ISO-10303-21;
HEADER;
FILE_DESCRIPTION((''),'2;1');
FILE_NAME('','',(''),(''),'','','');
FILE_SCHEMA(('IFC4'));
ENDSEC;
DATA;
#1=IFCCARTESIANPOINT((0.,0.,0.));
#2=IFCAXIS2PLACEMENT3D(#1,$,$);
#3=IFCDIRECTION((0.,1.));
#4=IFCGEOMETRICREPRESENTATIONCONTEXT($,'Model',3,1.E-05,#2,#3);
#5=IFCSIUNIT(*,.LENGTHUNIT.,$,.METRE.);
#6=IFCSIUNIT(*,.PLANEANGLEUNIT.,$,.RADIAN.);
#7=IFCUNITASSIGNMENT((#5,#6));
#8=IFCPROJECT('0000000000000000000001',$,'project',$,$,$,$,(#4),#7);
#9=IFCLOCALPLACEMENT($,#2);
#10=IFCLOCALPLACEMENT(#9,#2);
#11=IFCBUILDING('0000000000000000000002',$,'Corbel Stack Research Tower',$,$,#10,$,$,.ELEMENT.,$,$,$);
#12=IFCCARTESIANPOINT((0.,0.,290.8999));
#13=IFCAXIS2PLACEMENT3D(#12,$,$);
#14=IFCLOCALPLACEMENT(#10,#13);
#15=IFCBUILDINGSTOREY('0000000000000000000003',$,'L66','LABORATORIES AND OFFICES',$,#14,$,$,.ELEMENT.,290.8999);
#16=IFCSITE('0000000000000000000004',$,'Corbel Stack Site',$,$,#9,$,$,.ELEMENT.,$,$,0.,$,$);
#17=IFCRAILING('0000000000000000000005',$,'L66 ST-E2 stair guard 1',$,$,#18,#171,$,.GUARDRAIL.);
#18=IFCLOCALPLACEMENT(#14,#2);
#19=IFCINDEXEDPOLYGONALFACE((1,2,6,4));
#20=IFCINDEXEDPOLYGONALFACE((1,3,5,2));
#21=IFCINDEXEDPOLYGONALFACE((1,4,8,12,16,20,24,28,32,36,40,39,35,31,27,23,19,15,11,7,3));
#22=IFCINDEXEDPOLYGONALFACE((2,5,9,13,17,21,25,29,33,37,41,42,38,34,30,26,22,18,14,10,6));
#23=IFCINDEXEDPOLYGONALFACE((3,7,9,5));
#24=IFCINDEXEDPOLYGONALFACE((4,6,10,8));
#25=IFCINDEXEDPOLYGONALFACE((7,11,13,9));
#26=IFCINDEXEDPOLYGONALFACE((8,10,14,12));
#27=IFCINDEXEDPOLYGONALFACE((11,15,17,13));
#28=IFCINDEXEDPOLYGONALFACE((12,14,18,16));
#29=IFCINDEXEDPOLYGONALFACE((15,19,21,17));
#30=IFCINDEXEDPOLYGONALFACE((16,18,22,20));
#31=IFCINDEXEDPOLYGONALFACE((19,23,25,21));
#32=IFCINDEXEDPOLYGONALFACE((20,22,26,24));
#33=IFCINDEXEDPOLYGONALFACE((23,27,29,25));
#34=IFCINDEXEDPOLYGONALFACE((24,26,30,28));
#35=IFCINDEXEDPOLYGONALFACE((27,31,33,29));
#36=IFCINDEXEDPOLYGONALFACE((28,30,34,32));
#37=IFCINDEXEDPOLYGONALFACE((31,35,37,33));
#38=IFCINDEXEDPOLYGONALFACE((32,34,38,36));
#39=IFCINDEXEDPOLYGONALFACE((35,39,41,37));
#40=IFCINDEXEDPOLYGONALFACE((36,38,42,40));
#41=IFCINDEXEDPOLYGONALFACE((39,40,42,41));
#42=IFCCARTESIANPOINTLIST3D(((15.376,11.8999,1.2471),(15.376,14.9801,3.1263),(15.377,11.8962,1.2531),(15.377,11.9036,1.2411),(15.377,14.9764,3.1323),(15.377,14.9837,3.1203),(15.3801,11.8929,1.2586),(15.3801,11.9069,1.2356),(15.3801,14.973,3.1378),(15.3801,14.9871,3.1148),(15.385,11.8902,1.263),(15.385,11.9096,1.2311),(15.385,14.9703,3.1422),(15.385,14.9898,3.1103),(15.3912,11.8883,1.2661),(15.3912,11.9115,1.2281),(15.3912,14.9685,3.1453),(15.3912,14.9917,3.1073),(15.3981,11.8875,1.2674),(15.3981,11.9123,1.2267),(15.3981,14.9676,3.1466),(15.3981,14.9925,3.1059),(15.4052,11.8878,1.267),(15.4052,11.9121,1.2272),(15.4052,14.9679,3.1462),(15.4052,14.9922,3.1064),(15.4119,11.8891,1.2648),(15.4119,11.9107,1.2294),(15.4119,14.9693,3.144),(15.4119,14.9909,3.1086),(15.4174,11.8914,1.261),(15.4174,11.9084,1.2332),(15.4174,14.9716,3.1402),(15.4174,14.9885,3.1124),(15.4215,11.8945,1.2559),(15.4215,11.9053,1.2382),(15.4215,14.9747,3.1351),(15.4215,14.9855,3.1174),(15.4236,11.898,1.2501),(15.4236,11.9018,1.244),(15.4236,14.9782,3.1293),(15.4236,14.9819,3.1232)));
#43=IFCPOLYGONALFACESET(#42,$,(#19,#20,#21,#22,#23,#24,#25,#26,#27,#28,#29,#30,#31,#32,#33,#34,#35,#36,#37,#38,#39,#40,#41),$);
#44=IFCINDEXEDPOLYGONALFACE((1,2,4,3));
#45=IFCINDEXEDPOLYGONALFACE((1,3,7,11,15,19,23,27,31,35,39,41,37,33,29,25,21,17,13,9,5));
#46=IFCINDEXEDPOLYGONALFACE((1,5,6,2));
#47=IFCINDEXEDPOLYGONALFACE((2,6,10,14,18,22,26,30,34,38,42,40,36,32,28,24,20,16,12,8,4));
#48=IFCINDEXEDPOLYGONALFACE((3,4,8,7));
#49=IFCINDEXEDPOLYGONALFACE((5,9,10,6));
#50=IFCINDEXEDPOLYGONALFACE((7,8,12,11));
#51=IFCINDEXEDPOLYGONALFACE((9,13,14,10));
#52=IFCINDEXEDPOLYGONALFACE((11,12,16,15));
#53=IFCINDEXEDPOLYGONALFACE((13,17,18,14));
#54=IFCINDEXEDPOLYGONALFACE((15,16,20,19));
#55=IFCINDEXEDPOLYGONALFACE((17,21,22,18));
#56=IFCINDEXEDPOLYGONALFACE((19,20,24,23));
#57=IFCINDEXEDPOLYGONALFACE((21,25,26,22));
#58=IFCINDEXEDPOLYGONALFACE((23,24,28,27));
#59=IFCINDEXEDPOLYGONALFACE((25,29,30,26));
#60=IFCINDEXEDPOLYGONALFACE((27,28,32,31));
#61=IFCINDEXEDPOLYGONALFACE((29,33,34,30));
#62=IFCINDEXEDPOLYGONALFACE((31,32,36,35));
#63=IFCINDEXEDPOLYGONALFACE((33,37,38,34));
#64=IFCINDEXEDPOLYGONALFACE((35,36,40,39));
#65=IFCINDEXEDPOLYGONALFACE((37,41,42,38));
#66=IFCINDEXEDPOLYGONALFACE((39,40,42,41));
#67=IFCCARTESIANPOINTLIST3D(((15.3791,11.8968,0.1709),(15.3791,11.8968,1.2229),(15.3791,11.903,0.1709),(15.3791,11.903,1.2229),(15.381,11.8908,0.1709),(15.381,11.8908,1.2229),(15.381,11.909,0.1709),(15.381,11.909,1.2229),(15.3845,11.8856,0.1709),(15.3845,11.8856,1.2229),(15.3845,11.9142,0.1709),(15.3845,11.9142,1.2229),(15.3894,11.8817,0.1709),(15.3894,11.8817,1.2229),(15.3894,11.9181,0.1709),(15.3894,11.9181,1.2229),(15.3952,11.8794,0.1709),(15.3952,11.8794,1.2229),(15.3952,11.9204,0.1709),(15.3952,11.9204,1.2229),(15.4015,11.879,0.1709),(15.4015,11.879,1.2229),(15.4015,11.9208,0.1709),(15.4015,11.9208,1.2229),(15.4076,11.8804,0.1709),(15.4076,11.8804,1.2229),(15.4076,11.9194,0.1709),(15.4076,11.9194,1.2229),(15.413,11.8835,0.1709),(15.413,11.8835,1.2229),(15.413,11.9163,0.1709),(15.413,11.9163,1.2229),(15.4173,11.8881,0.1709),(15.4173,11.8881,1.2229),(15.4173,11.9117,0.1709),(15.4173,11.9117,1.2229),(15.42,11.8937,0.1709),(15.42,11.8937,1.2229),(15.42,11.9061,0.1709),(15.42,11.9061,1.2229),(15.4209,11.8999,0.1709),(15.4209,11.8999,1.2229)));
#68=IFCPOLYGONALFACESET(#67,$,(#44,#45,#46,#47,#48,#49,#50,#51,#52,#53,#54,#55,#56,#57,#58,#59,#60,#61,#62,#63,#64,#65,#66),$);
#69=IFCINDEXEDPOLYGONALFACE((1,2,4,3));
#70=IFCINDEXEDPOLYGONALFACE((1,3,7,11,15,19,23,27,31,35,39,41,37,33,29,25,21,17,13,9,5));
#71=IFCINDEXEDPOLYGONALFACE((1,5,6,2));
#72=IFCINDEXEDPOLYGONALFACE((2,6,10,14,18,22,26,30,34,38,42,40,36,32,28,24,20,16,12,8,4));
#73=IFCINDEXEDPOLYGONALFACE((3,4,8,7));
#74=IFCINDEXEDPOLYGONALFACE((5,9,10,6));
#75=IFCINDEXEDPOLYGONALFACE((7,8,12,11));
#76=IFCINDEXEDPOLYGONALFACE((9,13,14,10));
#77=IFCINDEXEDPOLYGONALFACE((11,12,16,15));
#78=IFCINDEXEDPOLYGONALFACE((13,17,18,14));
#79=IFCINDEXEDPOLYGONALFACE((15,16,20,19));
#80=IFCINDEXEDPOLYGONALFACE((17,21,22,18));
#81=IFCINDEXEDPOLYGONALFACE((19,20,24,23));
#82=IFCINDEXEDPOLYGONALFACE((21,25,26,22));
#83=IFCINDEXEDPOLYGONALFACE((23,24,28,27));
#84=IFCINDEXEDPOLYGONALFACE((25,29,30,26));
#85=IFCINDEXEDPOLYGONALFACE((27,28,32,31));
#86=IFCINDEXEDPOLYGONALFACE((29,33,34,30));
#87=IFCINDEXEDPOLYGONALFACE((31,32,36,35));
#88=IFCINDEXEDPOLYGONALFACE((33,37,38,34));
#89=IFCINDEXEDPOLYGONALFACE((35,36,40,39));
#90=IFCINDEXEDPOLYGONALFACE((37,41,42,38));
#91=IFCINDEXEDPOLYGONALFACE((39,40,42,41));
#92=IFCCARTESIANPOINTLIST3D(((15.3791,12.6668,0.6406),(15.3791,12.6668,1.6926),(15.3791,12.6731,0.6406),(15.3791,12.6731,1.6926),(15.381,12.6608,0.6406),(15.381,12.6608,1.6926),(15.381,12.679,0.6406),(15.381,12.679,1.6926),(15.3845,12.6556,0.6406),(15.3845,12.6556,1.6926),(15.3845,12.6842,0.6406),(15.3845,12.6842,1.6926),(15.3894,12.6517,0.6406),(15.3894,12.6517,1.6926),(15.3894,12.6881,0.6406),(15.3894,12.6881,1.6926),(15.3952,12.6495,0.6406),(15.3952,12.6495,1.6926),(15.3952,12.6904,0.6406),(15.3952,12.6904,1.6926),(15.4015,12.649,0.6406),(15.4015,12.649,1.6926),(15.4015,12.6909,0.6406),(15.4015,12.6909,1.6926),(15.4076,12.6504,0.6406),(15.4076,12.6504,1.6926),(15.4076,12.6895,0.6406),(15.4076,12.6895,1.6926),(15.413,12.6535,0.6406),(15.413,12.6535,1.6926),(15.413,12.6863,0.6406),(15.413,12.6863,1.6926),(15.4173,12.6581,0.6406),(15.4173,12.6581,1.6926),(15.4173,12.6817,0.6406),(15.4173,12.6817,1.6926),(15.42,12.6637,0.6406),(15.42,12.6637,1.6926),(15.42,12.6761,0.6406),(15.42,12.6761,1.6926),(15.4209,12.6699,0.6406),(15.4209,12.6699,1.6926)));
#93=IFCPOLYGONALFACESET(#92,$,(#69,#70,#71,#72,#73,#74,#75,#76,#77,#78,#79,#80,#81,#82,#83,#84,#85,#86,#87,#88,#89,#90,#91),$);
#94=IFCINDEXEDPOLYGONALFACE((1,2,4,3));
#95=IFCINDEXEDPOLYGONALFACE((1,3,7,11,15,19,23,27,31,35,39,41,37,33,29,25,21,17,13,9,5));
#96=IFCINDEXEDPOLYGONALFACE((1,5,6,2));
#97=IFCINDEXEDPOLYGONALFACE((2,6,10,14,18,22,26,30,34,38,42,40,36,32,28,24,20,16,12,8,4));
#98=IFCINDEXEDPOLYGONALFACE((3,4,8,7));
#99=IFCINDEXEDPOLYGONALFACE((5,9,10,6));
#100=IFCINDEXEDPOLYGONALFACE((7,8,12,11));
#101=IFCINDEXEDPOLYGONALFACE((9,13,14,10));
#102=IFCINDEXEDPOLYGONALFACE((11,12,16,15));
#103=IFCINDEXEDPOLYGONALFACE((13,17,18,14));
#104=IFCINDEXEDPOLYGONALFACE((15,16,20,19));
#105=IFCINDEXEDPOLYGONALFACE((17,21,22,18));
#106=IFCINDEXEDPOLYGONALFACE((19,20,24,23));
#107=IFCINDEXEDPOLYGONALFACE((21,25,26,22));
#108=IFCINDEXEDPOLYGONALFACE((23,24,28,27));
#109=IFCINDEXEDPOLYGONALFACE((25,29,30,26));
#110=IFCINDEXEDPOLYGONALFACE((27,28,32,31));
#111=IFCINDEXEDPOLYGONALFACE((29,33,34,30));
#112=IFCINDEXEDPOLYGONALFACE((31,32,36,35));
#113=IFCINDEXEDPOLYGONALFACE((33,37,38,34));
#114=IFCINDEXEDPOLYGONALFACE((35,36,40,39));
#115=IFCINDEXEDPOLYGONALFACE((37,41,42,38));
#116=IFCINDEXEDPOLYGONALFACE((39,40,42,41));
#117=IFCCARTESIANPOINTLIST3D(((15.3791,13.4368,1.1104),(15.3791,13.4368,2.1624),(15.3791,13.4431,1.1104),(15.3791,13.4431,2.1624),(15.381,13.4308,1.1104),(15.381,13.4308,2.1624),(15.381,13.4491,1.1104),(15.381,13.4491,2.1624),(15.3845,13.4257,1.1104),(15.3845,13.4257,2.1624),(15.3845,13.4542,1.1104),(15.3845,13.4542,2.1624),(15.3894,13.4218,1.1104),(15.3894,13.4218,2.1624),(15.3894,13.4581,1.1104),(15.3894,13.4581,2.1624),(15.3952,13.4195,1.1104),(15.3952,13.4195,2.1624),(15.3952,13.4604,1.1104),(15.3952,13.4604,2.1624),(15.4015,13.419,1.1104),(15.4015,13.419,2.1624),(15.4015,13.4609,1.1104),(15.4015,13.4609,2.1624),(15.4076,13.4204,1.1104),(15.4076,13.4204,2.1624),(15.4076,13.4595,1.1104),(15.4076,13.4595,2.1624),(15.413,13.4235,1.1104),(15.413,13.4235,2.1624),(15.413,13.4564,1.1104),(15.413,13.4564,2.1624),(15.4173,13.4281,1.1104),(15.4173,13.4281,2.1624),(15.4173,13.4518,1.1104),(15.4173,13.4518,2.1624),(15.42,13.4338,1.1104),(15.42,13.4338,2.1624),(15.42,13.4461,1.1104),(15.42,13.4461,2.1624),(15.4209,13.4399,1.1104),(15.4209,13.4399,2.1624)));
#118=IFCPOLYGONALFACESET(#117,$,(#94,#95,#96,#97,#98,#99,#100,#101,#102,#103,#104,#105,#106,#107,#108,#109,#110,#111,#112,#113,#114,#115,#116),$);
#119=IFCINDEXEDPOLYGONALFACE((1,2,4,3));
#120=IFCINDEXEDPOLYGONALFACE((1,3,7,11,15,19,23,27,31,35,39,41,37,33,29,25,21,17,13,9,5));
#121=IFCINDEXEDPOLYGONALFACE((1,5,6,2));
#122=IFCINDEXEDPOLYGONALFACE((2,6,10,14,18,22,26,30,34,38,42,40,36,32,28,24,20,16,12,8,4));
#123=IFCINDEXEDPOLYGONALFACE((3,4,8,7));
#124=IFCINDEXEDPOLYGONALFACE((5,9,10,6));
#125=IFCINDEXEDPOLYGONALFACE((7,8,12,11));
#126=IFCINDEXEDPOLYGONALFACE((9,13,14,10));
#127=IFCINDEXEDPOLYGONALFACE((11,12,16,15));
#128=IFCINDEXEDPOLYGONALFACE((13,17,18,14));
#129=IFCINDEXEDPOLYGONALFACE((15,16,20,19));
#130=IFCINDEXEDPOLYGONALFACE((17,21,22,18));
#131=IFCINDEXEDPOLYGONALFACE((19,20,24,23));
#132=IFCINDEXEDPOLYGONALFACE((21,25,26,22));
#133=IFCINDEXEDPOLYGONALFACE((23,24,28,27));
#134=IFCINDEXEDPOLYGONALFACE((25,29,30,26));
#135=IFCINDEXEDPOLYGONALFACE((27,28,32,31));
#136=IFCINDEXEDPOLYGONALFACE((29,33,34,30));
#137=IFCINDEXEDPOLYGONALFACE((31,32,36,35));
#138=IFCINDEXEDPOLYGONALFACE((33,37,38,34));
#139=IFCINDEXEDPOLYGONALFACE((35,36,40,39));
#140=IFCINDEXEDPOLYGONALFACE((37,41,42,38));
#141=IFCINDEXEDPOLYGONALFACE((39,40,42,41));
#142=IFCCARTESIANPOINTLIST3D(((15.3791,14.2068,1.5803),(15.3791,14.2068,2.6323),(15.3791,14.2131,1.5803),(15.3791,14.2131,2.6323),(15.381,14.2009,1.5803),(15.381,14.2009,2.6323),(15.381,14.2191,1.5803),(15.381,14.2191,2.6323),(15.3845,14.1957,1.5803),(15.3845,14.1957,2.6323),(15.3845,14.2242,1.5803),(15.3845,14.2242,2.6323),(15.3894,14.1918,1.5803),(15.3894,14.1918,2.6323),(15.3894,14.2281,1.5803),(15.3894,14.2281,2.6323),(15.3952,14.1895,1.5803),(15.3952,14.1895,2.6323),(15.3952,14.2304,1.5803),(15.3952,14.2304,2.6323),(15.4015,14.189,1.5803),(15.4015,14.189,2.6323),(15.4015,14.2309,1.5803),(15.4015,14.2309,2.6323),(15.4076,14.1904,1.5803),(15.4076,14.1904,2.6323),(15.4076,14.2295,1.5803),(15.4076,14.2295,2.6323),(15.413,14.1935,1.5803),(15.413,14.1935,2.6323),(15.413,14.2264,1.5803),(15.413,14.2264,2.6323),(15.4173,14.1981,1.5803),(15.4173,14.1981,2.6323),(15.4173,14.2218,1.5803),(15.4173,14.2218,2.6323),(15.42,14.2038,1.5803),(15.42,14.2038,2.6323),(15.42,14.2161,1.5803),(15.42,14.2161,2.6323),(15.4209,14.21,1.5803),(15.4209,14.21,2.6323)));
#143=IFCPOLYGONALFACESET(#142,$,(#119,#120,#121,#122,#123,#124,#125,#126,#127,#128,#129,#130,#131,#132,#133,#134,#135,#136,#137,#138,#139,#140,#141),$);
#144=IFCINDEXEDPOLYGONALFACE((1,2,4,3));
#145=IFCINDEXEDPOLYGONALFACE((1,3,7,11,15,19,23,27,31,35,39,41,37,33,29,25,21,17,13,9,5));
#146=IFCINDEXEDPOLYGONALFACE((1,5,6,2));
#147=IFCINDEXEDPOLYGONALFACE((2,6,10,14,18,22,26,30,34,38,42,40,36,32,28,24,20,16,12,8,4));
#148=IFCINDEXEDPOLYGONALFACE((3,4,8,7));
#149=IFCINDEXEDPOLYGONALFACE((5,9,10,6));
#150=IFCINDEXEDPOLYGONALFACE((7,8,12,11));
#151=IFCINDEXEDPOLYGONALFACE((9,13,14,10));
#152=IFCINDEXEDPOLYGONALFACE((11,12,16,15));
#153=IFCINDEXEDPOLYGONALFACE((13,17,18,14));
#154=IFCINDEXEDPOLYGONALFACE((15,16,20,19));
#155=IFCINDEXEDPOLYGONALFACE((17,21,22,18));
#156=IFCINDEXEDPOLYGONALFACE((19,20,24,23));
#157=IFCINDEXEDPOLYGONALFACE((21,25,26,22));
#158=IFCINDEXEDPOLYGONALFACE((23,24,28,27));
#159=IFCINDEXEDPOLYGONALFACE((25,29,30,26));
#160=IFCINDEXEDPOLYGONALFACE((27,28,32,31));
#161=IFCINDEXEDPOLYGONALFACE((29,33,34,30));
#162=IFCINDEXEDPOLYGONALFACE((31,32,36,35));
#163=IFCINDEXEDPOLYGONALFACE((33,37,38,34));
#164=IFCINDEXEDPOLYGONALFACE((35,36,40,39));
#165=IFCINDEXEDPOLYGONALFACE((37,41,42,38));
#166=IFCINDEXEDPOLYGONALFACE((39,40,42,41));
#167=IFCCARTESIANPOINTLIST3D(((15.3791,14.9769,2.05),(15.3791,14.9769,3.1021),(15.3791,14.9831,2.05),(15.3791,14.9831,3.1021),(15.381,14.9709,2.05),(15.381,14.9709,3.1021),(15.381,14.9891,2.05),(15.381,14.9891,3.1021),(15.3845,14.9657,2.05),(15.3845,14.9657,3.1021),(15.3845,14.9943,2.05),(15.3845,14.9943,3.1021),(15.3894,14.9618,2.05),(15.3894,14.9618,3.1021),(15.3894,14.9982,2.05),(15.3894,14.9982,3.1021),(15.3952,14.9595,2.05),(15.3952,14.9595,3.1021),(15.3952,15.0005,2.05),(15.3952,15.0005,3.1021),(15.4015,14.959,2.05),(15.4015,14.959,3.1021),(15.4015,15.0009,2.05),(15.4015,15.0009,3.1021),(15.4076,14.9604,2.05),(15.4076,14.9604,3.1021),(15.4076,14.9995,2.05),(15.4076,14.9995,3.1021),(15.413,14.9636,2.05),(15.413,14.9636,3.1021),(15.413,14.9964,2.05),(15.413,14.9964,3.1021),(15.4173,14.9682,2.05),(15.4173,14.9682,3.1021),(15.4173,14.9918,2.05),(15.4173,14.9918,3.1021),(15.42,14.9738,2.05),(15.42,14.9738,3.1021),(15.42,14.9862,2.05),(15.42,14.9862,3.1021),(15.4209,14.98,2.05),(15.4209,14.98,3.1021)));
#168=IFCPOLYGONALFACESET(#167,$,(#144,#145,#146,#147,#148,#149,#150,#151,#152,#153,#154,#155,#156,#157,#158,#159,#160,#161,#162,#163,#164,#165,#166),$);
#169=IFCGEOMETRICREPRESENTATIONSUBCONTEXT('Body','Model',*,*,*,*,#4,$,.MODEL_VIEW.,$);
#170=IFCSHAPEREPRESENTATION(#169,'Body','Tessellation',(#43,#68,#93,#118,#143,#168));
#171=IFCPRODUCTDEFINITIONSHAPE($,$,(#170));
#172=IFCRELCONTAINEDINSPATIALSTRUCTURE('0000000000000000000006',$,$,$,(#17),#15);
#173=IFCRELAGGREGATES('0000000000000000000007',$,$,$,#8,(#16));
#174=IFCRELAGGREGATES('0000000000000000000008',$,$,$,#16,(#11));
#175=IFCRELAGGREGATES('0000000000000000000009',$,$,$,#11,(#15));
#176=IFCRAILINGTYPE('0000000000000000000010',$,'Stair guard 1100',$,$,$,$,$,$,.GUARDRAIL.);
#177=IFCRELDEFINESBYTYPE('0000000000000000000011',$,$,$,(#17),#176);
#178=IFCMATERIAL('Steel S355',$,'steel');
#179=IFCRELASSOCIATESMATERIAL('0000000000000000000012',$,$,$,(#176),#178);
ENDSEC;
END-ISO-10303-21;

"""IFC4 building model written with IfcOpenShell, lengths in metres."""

from ifc_helpers import new_model, si_unit, direction, frame, origin, origin_2d, place, context, subcontext, project, spatial, circle, extrude, material, type_object, element, save


model = new_model("IFC4")

# Units and contexts
model_context = context("Model", 3, precision=1e-05, world=origin(), true_north=direction((0.0, 1.0)))
body_context = subcontext(model_context, "Body", "Model", "MODEL_VIEW")
ifc_project = project(units=[si_unit("LENGTHUNIT", "METRE"), si_unit("PLANEANGLEUNIT", "RADIAN")], contexts=[model_context])

# Site, building, storey
site_placement = place(None, origin())
site = spatial("IfcSite", under=ifc_project, at=site_placement, Name="Corbel Stack Site", CompositionType="ELEMENT", RefElevation=0.0)
building_placement = place(site_placement, origin())
building = spatial("IfcBuilding", under=site, at=building_placement, Name="Corbel Stack Research Tower", CompositionType="ELEMENT")
storey_placement = place(building_placement, frame((0.0, 0.0, 290.8999)))
storey = spatial("IfcBuildingStorey", under=building, at=storey_placement, Name="L66", Description="LABORATORIES AND OFFICES", CompositionType="ELEMENT", Elevation=290.8999)

# Railing
ifc_material_1 = material(Name="Steel S355", Category="steel")
railing_type_1 = type_object("IfcRailingType", Name="Stair guard 1100", PredefinedType="GUARDRAIL", material=ifc_material_1)
railing_1_placement = place(storey_placement, frame((15.3999, 11.8999, 0.1709)))
element("IfcRailing", 1, at=railing_1_placement, inside=storey, type_object=railing_type_1, Name="L66 ST-E2 stair guard 1", PredefinedType="GUARDRAIL", context=body_context, shape_type="SweptSolid", body=[
    extrude(circle(Radius=0.0239, at=origin_2d()), frame((0.0, 0.0, 1.0762), z_axis=(0.0, 0.853666, 0.52082), x_axis=(-1.0, 0.0, 0.0)), (0.0, 0.0, 1.0), 3.6082),
    extrude(circle(Radius=0.021, at=origin_2d()), origin(), (0.0, 0.0, 1.0), 1.052),
    extrude(circle(Radius=0.021, at=origin_2d()), frame((0.0, 0.77, 0.4697)), (0.0, 0.0, 1.0), 1.052),
    extrude(circle(Radius=0.021, at=origin_2d()), frame((0.0, 1.54, 0.9395)), (0.0, 0.0, 1.0), 1.052),
    extrude(circle(Radius=0.021, at=origin_2d()), frame((0.0, 2.3101, 1.4094)), (0.0, 0.0, 1.0), 1.052),
    extrude(circle(Radius=0.021, at=origin_2d()), frame((0.0, 3.0801, 1.8792)), (0.0, 0.0, 1.0), 1.052),
])

save(model, "model.ifc")
